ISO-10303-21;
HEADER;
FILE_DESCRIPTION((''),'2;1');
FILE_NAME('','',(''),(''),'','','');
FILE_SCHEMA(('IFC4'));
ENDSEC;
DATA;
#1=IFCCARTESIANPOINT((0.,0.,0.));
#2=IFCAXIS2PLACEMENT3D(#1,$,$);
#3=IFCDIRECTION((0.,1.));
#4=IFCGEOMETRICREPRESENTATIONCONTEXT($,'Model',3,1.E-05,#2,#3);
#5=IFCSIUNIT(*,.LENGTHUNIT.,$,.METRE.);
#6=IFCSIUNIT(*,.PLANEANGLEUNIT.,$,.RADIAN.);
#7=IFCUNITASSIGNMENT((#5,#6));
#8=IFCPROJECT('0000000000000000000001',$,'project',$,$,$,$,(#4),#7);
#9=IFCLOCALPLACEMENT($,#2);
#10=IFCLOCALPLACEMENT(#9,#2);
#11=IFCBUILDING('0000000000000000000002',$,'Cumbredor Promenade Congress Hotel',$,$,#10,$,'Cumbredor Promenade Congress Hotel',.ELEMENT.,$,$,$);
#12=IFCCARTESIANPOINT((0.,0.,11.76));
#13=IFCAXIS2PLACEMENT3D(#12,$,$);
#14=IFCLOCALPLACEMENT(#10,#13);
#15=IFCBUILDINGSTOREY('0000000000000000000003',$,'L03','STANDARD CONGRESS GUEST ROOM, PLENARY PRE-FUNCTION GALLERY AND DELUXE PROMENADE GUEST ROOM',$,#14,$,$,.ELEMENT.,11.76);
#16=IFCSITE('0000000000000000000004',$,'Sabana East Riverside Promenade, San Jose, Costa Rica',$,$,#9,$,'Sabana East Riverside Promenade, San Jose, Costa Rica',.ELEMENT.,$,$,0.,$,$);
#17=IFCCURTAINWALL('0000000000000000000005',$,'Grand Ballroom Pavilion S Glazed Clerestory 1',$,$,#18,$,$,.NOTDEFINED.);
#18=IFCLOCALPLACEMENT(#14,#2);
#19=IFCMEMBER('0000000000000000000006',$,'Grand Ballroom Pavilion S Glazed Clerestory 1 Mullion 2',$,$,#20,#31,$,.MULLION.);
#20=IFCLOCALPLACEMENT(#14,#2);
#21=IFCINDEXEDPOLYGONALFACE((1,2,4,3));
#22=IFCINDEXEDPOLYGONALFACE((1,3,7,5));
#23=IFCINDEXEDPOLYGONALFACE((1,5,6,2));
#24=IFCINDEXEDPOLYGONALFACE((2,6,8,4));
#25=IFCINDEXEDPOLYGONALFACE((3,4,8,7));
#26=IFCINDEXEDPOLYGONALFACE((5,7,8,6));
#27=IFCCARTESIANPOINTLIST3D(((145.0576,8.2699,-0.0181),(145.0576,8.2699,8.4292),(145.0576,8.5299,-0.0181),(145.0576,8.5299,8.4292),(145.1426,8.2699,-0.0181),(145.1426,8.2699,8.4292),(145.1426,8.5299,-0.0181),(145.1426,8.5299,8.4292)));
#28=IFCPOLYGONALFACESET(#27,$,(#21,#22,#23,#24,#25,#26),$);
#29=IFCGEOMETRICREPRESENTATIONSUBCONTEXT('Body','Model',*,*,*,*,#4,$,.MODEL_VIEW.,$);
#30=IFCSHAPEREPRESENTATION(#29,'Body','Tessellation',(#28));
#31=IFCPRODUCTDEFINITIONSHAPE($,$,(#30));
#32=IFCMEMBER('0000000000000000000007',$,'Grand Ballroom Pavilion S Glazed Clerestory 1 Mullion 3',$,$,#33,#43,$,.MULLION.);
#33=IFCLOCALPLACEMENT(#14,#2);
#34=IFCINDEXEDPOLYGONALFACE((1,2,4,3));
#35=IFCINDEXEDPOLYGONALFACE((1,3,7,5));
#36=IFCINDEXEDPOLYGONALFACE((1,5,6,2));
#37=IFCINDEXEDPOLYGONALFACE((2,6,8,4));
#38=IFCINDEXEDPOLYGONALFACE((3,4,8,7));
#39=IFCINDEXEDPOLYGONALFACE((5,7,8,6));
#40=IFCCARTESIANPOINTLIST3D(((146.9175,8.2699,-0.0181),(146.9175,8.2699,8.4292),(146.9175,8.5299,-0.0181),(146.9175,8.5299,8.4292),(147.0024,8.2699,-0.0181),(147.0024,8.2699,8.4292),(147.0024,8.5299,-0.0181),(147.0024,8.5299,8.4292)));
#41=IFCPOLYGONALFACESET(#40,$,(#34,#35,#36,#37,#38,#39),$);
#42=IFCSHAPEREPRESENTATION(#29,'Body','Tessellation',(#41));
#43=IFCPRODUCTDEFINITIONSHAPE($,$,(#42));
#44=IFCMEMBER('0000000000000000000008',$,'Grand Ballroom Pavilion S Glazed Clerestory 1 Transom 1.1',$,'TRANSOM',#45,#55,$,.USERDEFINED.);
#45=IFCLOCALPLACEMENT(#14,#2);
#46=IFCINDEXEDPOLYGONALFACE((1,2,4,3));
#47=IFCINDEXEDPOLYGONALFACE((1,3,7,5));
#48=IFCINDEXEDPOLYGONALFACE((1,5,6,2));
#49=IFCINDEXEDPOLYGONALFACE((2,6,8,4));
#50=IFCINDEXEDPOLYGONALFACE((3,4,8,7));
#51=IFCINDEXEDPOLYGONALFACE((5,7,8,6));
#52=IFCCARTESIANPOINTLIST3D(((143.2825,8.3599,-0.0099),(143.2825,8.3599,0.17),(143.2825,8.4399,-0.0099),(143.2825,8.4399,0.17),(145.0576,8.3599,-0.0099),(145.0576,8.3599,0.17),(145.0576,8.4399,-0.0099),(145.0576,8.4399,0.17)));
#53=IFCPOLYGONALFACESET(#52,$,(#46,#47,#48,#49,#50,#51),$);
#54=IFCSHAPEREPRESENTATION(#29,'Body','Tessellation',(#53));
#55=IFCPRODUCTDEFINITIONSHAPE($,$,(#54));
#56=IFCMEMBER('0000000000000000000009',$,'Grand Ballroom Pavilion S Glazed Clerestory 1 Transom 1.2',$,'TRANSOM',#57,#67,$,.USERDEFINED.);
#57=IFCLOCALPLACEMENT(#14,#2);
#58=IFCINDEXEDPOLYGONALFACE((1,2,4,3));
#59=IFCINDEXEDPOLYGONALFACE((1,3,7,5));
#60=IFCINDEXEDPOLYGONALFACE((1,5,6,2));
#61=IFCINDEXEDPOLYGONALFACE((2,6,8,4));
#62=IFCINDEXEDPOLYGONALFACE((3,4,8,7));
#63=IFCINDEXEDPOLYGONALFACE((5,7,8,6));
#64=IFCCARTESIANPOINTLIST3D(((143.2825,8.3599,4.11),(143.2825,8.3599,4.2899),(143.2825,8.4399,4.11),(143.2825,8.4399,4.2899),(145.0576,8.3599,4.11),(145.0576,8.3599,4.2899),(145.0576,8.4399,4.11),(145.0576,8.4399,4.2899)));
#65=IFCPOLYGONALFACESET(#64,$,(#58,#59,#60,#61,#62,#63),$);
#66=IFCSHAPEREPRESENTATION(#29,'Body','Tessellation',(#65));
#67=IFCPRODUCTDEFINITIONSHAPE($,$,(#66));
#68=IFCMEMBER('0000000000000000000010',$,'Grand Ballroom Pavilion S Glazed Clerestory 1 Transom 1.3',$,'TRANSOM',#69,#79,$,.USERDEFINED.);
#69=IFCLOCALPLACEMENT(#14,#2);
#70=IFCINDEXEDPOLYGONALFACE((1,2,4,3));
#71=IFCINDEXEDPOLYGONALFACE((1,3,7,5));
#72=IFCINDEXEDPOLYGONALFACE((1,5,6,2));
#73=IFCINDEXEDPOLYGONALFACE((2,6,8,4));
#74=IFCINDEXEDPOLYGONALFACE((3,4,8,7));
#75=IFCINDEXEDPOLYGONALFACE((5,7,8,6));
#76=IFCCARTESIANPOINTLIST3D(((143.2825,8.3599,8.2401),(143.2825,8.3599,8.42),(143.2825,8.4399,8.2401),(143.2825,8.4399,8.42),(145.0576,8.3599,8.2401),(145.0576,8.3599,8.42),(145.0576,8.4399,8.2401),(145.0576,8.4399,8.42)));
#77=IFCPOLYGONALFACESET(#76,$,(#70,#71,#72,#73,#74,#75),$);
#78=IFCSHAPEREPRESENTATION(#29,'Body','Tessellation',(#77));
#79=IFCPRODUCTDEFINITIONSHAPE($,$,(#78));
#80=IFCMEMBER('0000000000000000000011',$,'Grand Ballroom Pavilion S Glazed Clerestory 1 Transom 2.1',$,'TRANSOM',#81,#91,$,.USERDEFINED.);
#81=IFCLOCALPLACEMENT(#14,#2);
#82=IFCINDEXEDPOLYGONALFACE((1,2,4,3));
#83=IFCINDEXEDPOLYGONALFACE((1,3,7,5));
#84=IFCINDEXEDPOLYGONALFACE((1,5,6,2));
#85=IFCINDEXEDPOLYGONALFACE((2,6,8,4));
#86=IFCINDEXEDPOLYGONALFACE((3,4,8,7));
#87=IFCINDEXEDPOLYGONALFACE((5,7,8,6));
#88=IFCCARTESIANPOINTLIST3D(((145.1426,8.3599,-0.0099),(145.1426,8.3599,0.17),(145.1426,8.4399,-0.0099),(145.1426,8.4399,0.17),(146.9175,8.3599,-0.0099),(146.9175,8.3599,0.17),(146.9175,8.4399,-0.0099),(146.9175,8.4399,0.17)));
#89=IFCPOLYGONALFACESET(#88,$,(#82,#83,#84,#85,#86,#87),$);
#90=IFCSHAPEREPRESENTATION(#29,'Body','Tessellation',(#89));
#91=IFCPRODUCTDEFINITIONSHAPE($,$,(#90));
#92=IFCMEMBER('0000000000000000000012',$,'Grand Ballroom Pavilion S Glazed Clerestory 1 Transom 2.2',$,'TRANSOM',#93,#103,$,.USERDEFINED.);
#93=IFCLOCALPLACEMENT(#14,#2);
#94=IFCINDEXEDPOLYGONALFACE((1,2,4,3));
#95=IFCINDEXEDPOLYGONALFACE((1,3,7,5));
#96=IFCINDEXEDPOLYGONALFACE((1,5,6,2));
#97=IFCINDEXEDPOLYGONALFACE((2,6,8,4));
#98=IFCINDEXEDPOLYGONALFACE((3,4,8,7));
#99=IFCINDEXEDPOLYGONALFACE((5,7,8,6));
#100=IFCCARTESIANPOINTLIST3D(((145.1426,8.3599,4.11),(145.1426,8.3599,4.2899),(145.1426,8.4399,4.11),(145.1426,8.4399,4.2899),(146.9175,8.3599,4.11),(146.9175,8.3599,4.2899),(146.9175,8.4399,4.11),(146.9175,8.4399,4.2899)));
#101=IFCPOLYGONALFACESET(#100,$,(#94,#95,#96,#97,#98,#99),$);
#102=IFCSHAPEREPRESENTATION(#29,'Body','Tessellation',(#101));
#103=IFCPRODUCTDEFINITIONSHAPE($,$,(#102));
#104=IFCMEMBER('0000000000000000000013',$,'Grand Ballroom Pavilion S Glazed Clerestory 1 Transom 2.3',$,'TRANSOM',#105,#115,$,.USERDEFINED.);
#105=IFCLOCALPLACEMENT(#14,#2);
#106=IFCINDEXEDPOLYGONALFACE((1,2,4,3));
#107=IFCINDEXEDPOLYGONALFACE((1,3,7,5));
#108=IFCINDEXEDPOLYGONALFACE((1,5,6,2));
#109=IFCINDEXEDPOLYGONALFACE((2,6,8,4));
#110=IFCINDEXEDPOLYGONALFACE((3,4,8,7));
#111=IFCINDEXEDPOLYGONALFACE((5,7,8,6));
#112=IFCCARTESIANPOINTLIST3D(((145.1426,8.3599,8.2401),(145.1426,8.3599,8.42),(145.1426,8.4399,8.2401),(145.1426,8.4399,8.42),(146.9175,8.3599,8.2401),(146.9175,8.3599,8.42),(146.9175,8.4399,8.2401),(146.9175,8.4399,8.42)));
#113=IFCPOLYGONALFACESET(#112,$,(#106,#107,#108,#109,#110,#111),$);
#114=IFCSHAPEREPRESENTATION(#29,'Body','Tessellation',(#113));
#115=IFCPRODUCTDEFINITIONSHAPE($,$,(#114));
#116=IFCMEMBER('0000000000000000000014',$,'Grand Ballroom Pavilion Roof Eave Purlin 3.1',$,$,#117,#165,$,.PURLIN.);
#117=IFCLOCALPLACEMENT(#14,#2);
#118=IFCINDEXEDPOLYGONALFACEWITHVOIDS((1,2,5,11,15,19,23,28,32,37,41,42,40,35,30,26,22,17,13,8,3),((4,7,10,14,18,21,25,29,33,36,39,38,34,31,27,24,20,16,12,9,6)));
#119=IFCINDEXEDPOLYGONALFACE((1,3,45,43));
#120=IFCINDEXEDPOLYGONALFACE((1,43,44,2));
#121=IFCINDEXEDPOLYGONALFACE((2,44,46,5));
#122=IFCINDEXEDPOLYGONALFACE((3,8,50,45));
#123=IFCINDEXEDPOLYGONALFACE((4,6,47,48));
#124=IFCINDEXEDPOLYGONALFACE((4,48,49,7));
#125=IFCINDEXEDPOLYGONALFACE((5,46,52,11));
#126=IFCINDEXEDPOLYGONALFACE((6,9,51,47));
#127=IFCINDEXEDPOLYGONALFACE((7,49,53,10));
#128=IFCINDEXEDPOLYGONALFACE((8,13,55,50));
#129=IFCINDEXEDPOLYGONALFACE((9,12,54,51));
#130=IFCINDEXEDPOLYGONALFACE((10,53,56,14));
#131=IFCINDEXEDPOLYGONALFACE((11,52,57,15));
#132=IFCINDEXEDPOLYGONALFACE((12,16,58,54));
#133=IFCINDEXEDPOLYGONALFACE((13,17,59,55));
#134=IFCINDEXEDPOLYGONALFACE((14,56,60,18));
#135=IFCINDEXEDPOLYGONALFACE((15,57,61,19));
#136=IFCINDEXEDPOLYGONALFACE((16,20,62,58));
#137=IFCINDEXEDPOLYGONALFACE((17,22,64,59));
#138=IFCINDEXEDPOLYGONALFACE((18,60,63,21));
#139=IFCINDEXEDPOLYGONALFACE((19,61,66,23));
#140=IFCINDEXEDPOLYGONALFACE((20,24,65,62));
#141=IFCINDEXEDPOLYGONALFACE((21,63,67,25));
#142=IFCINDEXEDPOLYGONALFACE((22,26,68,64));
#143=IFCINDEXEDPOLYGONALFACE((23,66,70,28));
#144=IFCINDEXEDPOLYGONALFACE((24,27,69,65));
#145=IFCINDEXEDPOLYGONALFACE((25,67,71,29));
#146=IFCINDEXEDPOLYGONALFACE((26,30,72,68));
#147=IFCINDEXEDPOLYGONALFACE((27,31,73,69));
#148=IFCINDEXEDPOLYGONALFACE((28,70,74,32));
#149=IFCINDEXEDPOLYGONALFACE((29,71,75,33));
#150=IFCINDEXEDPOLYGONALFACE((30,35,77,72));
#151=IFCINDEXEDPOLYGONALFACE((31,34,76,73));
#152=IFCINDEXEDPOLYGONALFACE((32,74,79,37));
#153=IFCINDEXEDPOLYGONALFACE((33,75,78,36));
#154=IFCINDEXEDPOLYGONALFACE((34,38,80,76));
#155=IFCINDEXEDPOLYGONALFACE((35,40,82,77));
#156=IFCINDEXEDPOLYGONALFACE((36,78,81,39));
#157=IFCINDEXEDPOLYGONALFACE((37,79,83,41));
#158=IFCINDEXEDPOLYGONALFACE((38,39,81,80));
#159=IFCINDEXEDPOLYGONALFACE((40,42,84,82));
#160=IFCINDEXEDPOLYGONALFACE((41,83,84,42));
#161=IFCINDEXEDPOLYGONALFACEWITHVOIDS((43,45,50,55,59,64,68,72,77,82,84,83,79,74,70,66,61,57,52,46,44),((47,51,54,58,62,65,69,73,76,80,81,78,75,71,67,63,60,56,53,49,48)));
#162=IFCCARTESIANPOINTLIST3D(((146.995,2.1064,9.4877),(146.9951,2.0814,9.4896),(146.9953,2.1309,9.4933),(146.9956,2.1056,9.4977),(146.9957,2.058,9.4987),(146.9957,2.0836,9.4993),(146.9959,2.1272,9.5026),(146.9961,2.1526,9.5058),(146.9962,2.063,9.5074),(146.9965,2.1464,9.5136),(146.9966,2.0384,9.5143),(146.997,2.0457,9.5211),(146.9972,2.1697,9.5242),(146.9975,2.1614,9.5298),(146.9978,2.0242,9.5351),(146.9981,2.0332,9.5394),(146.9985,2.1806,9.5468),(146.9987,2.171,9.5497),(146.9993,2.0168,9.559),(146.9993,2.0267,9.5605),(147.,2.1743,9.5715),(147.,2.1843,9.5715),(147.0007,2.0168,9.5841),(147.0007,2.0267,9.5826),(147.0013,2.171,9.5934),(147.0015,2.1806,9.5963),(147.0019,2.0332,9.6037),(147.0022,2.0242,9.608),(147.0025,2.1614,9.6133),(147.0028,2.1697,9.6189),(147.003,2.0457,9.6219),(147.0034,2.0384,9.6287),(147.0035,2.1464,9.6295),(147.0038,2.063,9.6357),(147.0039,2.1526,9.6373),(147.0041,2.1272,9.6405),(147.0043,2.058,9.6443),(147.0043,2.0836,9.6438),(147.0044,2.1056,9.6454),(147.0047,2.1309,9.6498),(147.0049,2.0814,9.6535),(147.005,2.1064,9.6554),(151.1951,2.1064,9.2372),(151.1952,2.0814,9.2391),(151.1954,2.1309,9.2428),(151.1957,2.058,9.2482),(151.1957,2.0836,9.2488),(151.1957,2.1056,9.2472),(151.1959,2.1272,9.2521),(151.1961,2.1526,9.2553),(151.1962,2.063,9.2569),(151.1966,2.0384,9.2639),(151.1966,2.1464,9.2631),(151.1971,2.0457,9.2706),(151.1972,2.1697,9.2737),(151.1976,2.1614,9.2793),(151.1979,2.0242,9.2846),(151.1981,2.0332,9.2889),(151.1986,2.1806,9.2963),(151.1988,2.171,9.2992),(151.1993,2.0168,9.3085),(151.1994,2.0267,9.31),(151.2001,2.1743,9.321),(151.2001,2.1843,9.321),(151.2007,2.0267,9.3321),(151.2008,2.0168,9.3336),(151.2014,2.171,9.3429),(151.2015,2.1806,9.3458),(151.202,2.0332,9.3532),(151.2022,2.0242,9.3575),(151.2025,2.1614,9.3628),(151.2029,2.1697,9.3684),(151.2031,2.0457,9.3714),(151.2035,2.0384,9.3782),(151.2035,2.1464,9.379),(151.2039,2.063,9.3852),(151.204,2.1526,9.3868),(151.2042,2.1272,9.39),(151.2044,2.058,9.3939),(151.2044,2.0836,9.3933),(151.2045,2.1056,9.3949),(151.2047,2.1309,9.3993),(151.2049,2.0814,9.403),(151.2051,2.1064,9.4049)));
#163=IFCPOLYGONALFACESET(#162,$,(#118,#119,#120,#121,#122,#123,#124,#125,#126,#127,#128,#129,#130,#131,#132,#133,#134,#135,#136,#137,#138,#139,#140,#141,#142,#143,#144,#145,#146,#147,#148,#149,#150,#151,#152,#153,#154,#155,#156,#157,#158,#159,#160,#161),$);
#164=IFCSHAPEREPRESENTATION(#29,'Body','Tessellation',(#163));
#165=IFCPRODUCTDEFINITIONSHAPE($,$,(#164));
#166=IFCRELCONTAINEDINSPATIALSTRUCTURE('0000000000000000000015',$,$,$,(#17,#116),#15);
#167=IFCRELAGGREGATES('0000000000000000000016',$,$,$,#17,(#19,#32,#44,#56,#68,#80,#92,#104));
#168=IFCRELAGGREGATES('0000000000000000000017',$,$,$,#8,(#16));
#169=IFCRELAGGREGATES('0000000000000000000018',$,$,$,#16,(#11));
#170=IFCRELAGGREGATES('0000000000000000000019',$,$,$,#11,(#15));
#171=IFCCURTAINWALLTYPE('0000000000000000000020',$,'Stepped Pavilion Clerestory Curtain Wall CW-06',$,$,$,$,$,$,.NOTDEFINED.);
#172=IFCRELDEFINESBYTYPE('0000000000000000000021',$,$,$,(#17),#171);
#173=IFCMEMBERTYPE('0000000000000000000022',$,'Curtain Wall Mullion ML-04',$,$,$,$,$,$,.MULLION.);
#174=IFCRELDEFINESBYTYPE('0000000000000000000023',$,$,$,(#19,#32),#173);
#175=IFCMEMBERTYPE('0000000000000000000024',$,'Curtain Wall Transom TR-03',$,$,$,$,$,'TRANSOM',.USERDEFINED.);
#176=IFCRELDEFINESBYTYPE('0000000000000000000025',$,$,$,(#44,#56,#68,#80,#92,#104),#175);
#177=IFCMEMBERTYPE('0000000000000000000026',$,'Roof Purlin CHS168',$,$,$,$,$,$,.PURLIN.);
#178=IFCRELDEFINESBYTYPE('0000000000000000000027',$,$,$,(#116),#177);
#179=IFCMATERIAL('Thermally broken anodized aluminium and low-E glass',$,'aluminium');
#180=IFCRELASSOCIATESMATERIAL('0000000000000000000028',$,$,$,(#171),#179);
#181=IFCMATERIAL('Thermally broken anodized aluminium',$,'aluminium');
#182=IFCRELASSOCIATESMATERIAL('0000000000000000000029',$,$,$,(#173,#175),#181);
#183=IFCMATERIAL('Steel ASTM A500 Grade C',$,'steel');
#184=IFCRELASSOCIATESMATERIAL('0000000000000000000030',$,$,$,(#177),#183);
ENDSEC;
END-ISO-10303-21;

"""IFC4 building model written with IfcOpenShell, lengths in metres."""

from ifc_helpers import new_model, si_unit, direction, frame, origin, origin_2d, place, context, subcontext, project, spatial, rectangle, hollow_circle, extrude, material, material_profile, profile_set, type_object, element, aggregate, save


model = new_model("IFC4")

# Units and contexts
model_context = context("Model", 3, precision=1e-05, world=origin(), true_north=direction((0.0, 1.0)))
body_context = subcontext(model_context, "Body", "Model", "MODEL_VIEW")
ifc_project = project(units=[si_unit("LENGTHUNIT", "METRE"), si_unit("PLANEANGLEUNIT", "RADIAN")], contexts=[model_context])

# Site, building, storey
site_placement = place(None, origin())
site = spatial("IfcSite", under=ifc_project, at=site_placement, Name="Sabana East Riverside Promenade, San Jose, Costa Rica", LongName="Sabana East Riverside Promenade, San Jose, Costa Rica", CompositionType="ELEMENT", RefElevation=0.0)
building_placement = place(site_placement, origin())
building = spatial("IfcBuilding", under=site, at=building_placement, Name="Cumbredor Promenade Congress Hotel", LongName="Cumbredor Promenade Congress Hotel", CompositionType="ELEMENT")
storey_placement = place(building_placement, frame((0.0, 0.0, 11.76)))
storey = spatial("IfcBuildingStorey", under=building, at=storey_placement, Name="L03", Description="STANDARD CONGRESS GUEST ROOM, PLENARY PRE-FUNCTION GALLERY AND DELUXE PROMENADE GUEST ROOM", CompositionType="ELEMENT", Elevation=11.76)

# Shared definitions
ifc_material_1 = material(Name="Steel ASTM A500 Grade C", Category="steel")

# Curtain wall, members
ifc_material_2 = material(Name="Thermally broken anodized aluminium and low-E glass", Category="aluminium")
curtain_wall_type = type_object("IfcCurtainWallType", Name="Stepped Pavilion Clerestory Curtain Wall CW-06", PredefinedType="NOTDEFINED", material=ifc_material_2)
curtain_wall_placement = place(storey_placement, origin())
curtain_wall = element("IfcCurtainWall", 1, at=curtain_wall_placement, inside=storey, type_object=curtain_wall_type, Name="Grand Ballroom Pavilion S Glazed Clerestory 1", PredefinedType="NOTDEFINED")
ifc_material_3 = material(Name="Thermally broken anodized aluminium", Category="aluminium")
ifc_material_profile_1 = material_profile(ifc_material_3, rectangle(XDim=0.085, YDim=0.26, at=origin_2d()), Name="ALU MULLION CLERESTORY 85x260")
ifc_profile_set_1 = profile_set([ifc_material_profile_1], Name="Thermally broken anodized aluminium")
member_type_1 = type_object("IfcMemberType", Name="Curtain Wall Mullion ML-04", PredefinedType="MULLION", material=ifc_profile_set_1)
member_1_placement = place(storey_placement, frame((145.1001, 8.3999, -0.0181), z_axis=(0.0, 0.0, 1.0), x_axis=(1.0, 0.0, 0.0)))
member_1 = element("IfcMember", 2, at=member_1_placement, type_object=member_type_1, Name="Grand Ballroom Pavilion S Glazed Clerestory 1 Mullion 2", PredefinedType="MULLION", context=body_context, shape_type="SweptSolid", body=[
    extrude(rectangle(XDim=0.085, YDim=0.26, at=origin_2d()), origin(), (0.0, 0.0, 1.0), 8.4473),
])
member_2_placement = place(storey_placement, frame((146.96, 8.3999, -0.0181), z_axis=(0.0, 0.0, 1.0), x_axis=(1.0, 0.0, 0.0)))
member_2 = element("IfcMember", 3, at=member_2_placement, type_object=member_type_1, Name="Grand Ballroom Pavilion S Glazed Clerestory 1 Mullion 3", PredefinedType="MULLION", context=body_context, shape_type="SweptSolid", body=[
    extrude(rectangle(XDim=0.085, YDim=0.26, at=origin_2d()), origin(), (0.0, 0.0, 1.0), 8.4473),
])
ifc_material_profile_2 = material_profile(ifc_material_3, rectangle(XDim=0.0801, YDim=0.1799, at=origin_2d()), Name="ALU TRANSOM 80x180")
ifc_profile_set_2 = profile_set([ifc_material_profile_2], Name="Thermally broken anodized aluminium")
member_type_2 = type_object("IfcMemberType", Name="Curtain Wall Transom TR-03", ElementType="TRANSOM", PredefinedType="USERDEFINED", material=ifc_profile_set_2)
member_3_placement = place(storey_placement, frame((143.2825, 8.3999, 0.0801), z_axis=(1.0, 0.0, 0.0), x_axis=(0.0, 1.0, 0.0)))
member_3 = element("IfcMember", 4, at=member_3_placement, type_object=member_type_2, Name="Grand Ballroom Pavilion S Glazed Clerestory 1 Transom 1.1", ObjectType="TRANSOM", PredefinedType="USERDEFINED", context=body_context, shape_type="SweptSolid", body=[
    extrude(rectangle(XDim=0.0801, YDim=0.1799, at=origin_2d()), origin(), (0.0, 0.0, 1.0), 1.7751),
])
member_4_placement = place(storey_placement, frame((143.2825, 8.3999, 4.2), z_axis=(1.0, 0.0, 0.0), x_axis=(0.0, 1.0, 0.0)))
member_4 = element("IfcMember", 5, at=member_4_placement, type_object=member_type_2, Name="Grand Ballroom Pavilion S Glazed Clerestory 1 Transom 1.2", ObjectType="TRANSOM", PredefinedType="USERDEFINED", context=body_context, shape_type="SweptSolid", body=[
    extrude(rectangle(XDim=0.0801, YDim=0.1799, at=origin_2d()), origin(), (0.0, 0.0, 1.0), 1.7751),
])
member_5_placement = place(storey_placement, frame((143.2825, 8.3999, 8.3301), z_axis=(1.0, 0.0, 0.0), x_axis=(0.0, 1.0, 0.0)))
member_5 = element("IfcMember", 6, at=member_5_placement, type_object=member_type_2, Name="Grand Ballroom Pavilion S Glazed Clerestory 1 Transom 1.3", ObjectType="TRANSOM", PredefinedType="USERDEFINED", context=body_context, shape_type="SweptSolid", body=[
    extrude(rectangle(XDim=0.0801, YDim=0.1799, at=origin_2d()), origin(), (0.0, 0.0, 1.0), 1.7751),
])
member_6_placement = place(storey_placement, frame((145.1426, 8.3999, 0.0801), z_axis=(1.0, 0.0, 0.0), x_axis=(0.0, 1.0, 0.0)))
member_6 = element("IfcMember", 7, at=member_6_placement, type_object=member_type_2, Name="Grand Ballroom Pavilion S Glazed Clerestory 1 Transom 2.1", ObjectType="TRANSOM", PredefinedType="USERDEFINED", context=body_context, shape_type="SweptSolid", body=[
    extrude(rectangle(XDim=0.0801, YDim=0.1799, at=origin_2d()), origin(), (0.0, 0.0, 1.0), 1.7749),
])
member_7_placement = place(storey_placement, frame((145.1426, 8.3999, 4.2), z_axis=(1.0, 0.0, 0.0), x_axis=(0.0, 1.0, 0.0)))
member_7 = element("IfcMember", 8, at=member_7_placement, type_object=member_type_2, Name="Grand Ballroom Pavilion S Glazed Clerestory 1 Transom 2.2", ObjectType="TRANSOM", PredefinedType="USERDEFINED", context=body_context, shape_type="SweptSolid", body=[
    extrude(rectangle(XDim=0.0801, YDim=0.1799, at=origin_2d()), origin(), (0.0, 0.0, 1.0), 1.7749),
])
member_8_placement = place(storey_placement, frame((145.1426, 8.3999, 8.3301), z_axis=(1.0, 0.0, 0.0), x_axis=(0.0, 1.0, 0.0)))
member_8 = element("IfcMember", 9, at=member_8_placement, type_object=member_type_2, Name="Grand Ballroom Pavilion S Glazed Clerestory 1 Transom 2.3", ObjectType="TRANSOM", PredefinedType="USERDEFINED", context=body_context, shape_type="SweptSolid", body=[
    extrude(rectangle(XDim=0.0801, YDim=0.1799, at=origin_2d()), origin(), (0.0, 0.0, 1.0), 1.7749),
])

# Member
ifc_material_profile_3 = material_profile(ifc_material_1, hollow_circle(Radius=0.0842, WallThickness=0.01, at=origin_2d()), Name="CHS 168.3x10")
ifc_profile_set_3 = profile_set([ifc_material_profile_3], Name="Steel ASTM A500 Grade C")
member_type_3 = type_object("IfcMemberType", Name="Roof Purlin CHS168", PredefinedType="PURLIN", material=ifc_profile_set_3)
member_9_placement = place(storey_placement, frame((147.0, 2.1001, 9.5715), z_axis=(0.998226, 0.0, -0.059535), x_axis=(0.0, 1.0, 0.0)))
element("IfcMember", 10, at=member_9_placement, inside=storey, type_object=member_type_3, Name="Grand Ballroom Pavilion Roof Eave Purlin 3.1", PredefinedType="PURLIN", context=body_context, shape_type="SweptSolid", body=[
    extrude(hollow_circle(Radius=0.0842, WallThickness=0.01, at=origin_2d()), origin(), (0.0, 0.0, 1.0), 4.2075),
])

aggregate(curtain_wall, [member_1, member_2, member_3, member_4, member_5, member_6, member_7, member_8])

save(model, "model.ifc")
